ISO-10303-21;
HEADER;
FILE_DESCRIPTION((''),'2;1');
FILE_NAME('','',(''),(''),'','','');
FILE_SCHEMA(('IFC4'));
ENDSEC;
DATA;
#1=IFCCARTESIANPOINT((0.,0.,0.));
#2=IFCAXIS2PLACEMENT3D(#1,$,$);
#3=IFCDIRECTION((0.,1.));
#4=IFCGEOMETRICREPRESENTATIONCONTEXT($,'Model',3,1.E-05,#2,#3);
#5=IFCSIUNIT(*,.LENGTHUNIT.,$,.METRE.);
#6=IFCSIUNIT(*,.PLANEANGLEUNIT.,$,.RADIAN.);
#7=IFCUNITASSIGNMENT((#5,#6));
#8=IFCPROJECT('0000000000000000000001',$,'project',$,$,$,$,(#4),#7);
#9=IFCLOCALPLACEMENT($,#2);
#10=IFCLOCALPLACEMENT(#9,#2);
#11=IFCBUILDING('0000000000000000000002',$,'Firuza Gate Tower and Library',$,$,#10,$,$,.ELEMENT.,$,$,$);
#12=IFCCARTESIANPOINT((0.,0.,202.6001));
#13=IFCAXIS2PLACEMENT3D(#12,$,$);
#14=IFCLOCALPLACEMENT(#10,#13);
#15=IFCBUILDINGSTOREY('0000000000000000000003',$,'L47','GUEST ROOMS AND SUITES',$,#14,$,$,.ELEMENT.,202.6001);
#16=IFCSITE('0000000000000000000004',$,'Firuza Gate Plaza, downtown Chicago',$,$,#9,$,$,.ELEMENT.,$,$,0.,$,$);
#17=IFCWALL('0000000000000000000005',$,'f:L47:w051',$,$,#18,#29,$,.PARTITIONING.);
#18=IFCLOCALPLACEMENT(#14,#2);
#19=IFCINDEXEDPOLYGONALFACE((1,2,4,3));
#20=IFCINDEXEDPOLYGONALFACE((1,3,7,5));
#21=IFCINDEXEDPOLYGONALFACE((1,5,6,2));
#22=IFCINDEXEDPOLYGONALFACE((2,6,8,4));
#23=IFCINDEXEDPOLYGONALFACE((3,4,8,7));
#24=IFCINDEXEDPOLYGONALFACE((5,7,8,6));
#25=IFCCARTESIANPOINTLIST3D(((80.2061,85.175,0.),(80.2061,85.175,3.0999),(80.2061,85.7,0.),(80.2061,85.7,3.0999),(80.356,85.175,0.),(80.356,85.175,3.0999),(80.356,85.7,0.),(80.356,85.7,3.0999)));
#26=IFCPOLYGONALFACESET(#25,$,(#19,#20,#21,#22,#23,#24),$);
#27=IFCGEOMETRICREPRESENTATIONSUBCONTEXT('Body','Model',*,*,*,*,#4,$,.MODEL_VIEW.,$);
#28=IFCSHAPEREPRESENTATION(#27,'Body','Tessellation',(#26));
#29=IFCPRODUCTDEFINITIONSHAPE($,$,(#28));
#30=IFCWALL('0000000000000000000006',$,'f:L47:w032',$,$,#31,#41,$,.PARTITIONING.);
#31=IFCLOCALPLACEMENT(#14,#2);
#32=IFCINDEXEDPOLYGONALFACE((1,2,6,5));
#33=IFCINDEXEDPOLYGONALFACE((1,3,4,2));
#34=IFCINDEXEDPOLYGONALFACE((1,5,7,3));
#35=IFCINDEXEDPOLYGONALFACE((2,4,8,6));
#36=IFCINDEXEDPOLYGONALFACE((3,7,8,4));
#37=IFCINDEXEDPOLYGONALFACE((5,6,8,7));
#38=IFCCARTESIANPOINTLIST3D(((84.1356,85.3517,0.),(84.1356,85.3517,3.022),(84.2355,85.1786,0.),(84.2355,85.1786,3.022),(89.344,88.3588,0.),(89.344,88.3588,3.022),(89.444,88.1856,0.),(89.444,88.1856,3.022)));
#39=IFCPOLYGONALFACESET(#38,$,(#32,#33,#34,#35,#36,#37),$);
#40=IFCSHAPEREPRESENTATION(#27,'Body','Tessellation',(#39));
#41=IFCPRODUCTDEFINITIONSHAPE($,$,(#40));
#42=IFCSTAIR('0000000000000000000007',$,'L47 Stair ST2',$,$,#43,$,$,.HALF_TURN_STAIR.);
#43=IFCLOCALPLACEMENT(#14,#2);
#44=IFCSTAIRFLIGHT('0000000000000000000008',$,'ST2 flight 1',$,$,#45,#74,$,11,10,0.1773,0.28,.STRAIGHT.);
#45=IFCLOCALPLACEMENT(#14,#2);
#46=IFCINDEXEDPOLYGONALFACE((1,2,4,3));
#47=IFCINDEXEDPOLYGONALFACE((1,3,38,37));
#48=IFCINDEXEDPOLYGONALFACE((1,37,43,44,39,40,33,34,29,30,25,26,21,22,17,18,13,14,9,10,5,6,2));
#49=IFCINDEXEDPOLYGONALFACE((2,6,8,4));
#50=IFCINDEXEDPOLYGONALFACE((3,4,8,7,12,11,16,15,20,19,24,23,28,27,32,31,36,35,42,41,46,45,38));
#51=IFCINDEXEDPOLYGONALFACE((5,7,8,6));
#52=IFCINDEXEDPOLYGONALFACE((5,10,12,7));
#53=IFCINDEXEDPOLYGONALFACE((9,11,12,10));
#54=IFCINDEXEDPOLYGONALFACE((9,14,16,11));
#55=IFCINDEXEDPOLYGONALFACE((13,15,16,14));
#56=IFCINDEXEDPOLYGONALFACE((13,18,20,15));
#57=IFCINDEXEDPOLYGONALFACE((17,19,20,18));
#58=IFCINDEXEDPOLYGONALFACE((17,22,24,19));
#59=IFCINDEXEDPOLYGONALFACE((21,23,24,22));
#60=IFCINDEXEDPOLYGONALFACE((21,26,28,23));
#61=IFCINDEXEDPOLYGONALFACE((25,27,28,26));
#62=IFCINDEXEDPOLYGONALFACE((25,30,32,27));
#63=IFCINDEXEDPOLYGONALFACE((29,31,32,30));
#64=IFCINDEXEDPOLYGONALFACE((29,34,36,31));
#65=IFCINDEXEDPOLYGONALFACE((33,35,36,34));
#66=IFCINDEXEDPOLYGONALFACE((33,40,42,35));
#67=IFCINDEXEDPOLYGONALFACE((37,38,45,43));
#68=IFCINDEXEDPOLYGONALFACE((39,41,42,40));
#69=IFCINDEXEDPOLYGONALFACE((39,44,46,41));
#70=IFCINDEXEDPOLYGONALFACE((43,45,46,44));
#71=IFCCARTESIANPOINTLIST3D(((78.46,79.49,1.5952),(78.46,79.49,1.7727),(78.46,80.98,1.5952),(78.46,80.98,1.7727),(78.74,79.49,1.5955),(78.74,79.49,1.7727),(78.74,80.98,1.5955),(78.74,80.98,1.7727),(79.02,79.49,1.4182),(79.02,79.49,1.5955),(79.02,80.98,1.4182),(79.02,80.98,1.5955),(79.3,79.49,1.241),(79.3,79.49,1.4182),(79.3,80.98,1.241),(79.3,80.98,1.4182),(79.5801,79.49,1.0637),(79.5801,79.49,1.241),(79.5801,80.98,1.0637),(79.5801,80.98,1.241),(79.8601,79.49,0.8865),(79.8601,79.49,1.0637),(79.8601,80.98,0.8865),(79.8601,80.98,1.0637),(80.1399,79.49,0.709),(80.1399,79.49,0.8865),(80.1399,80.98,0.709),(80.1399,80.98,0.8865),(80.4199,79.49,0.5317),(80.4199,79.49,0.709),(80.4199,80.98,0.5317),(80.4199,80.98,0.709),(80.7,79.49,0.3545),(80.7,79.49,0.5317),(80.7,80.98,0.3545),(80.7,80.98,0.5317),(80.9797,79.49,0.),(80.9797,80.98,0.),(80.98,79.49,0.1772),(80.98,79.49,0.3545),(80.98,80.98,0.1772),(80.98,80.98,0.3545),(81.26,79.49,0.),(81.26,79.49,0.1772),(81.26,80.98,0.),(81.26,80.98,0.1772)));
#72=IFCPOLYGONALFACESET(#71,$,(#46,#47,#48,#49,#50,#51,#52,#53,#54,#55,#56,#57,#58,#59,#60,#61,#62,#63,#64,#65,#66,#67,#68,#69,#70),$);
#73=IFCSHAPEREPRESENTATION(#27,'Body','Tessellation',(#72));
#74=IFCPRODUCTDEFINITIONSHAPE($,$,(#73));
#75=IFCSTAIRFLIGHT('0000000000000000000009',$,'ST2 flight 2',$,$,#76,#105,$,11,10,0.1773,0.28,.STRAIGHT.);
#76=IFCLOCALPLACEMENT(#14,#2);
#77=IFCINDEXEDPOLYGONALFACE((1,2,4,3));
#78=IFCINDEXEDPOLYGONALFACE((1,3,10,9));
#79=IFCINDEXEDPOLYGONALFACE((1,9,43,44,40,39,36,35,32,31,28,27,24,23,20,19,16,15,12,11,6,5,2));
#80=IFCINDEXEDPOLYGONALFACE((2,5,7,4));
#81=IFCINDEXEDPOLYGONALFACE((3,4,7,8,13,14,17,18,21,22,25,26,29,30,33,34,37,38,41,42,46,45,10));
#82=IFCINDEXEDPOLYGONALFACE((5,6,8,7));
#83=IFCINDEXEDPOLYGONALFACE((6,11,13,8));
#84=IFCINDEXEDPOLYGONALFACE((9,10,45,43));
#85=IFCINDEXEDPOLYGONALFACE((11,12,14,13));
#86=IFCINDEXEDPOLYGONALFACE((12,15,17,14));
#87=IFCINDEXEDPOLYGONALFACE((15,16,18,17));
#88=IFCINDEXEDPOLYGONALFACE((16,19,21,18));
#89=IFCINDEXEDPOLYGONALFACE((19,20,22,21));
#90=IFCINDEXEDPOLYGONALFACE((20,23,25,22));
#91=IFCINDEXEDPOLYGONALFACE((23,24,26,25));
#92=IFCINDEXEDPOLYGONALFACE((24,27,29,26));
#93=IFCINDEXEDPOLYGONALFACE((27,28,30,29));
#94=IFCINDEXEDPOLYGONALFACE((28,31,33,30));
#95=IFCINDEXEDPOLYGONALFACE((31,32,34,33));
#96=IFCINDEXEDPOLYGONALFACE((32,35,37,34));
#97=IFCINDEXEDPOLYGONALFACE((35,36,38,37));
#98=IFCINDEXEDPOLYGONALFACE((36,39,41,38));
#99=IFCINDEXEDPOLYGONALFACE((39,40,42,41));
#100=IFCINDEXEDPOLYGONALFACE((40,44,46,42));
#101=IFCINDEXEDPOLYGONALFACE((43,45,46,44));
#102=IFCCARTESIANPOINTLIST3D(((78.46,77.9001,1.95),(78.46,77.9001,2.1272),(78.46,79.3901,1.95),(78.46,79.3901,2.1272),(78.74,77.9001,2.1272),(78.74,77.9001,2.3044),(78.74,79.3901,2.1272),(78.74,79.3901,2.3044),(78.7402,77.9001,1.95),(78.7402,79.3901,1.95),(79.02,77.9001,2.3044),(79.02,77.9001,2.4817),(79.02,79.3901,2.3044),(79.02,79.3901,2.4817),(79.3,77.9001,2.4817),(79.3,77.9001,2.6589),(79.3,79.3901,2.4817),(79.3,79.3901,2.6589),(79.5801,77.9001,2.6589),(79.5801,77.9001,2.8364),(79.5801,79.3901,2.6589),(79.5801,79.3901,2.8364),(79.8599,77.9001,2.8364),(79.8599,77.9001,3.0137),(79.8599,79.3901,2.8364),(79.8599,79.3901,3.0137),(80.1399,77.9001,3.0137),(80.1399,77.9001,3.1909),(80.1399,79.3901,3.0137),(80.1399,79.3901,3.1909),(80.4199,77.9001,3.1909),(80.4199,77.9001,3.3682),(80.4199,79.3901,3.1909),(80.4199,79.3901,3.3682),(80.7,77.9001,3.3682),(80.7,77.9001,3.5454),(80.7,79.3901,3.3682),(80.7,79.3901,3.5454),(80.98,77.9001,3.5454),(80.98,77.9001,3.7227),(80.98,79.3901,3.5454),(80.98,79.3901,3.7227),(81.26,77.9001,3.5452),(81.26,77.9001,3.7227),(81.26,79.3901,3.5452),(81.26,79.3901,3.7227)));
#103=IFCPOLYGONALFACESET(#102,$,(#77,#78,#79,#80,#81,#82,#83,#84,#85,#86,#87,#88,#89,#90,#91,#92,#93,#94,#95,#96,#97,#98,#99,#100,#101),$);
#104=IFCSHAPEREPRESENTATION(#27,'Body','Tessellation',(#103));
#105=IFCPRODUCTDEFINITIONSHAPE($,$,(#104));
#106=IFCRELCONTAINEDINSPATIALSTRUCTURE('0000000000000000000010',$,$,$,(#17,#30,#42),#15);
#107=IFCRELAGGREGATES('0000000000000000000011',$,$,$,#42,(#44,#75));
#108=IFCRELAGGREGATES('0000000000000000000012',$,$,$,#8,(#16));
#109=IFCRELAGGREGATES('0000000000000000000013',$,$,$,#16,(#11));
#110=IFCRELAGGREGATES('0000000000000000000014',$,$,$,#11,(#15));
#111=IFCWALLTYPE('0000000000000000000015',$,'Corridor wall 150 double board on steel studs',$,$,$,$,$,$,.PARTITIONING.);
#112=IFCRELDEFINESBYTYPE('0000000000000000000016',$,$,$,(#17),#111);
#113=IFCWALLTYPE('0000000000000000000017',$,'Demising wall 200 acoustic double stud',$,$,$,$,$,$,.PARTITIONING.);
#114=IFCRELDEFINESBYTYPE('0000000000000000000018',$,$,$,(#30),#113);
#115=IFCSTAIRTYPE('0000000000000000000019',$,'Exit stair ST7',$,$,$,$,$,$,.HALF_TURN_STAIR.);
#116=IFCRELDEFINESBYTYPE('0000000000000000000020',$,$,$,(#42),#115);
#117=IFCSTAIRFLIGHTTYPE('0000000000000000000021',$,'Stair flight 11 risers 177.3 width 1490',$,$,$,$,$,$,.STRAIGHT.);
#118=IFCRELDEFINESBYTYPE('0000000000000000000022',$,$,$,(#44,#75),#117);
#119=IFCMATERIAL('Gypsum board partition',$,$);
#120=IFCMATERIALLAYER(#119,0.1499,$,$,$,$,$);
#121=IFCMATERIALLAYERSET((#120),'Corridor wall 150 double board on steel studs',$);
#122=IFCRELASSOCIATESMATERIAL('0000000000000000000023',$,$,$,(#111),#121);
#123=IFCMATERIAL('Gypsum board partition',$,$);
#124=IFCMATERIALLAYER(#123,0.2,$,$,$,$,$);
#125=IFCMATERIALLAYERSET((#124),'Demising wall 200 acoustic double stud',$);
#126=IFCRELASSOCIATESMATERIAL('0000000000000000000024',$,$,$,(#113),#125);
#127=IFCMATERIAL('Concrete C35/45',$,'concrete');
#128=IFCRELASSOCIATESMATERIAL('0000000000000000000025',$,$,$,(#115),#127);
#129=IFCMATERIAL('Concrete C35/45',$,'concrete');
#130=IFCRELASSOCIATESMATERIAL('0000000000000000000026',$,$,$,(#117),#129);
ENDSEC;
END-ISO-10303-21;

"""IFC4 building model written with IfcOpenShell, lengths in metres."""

from ifc_helpers import new_model, si_unit, direction, frame, frame_2d, origin, place, context, subcontext, project, spatial, polyline, rectangle, outline, extrude, material, layer, layer_set, type_object, element, aggregate, save


model = new_model("IFC4")

# Units and contexts
model_context = context("Model", 3, precision=1e-05, world=origin(), true_north=direction((0.0, 1.0)))
body_context = subcontext(model_context, "Body", "Model", "MODEL_VIEW")
ifc_project = project(units=[si_unit("LENGTHUNIT", "METRE"), si_unit("PLANEANGLEUNIT", "RADIAN")], contexts=[model_context])

# Site, building, storey
site_placement = place(None, origin())
site = spatial("IfcSite", under=ifc_project, at=site_placement, Name="Firuza Gate Plaza, downtown Chicago", CompositionType="ELEMENT", RefElevation=0.0)
building_placement = place(site_placement, origin())
building = spatial("IfcBuilding", under=site, at=building_placement, Name="Firuza Gate Tower and Library", CompositionType="ELEMENT")
storey_placement = place(building_placement, frame((0.0, 0.0, 202.6001)))
storey = spatial("IfcBuildingStorey", under=building, at=storey_placement, Name="L47", Description="GUEST ROOMS AND SUITES", CompositionType="ELEMENT", Elevation=202.6001)

# Shared definitions
ifc_material_1 = material(Name="Gypsum board partition")
ifc_layer_1 = layer(ifc_material_1, 0.1499)
ifc_layer_set_1 = layer_set([ifc_layer_1], Name="Corridor wall 150 double board on steel studs")
wall_type_1 = type_object("IfcWallType", Name="Corridor wall 150 double board on steel studs", PredefinedType="PARTITIONING", material=ifc_layer_set_1)

# Walls
wall_1_placement = place(storey_placement, frame((80.281, 85.175, 0.0), z_axis=(0.0, 0.0, 1.0), x_axis=(0.0, 1.0, 0.0)))
element("IfcWall", 1, at=wall_1_placement, inside=storey, type_object=wall_type_1, Name="f:L47:w051", PredefinedType="PARTITIONING", context=body_context, shape_type="SweptSolid", body=[
    extrude(rectangle(XDim=0.5249, YDim=0.1499, at=frame_2d((0.2625, 0.0))), origin(), (0.0, 0.0, 1.0), 3.0999),
])
ifc_material_2 = material(Name="Gypsum board partition")
ifc_layer_2 = layer(ifc_material_2, 0.2)
ifc_layer_set_2 = layer_set([ifc_layer_2], Name="Demising wall 200 acoustic double stud")
wall_type_2 = type_object("IfcWallType", Name="Demising wall 200 acoustic double stud", PredefinedType="PARTITIONING", material=ifc_layer_set_2)
wall_2_placement = place(storey_placement, frame((84.1855, 85.2651, 0.0), z_axis=(0.0, 0.0, 1.0), x_axis=(0.866029, 0.499994, 0.0)))
element("IfcWall", 2, at=wall_2_placement, inside=storey, type_object=wall_type_2, Name="f:L47:w032", PredefinedType="PARTITIONING", context=body_context, shape_type="SweptSolid", body=[
    extrude(rectangle(XDim=6.0142, YDim=0.2, at=frame_2d((3.0071, 0.0))), origin(), (0.0, 0.0, 1.0), 3.022),
])

# Stair, stair flights
ifc_material_3 = material(Name="Concrete C35/45", Category="concrete")
stair_type = type_object("IfcStairType", Name="Exit stair ST7", PredefinedType="HALF_TURN_STAIR", material=ifc_material_3)
stair_placement = place(storey_placement, origin())
stair = element("IfcStair", 3, at=stair_placement, inside=storey, type_object=stair_type, Name="L47 Stair ST2", PredefinedType="HALF_TURN_STAIR")
ifc_material_4 = material(Name="Concrete C35/45", Category="concrete")
stair_flight_type = type_object("IfcStairFlightType", Name="Stair flight 11 risers 177.3 width 1490", PredefinedType="STRAIGHT", material=ifc_material_4)
stair_flight_1_placement = place(storey_placement, frame((81.26, 80.2351, 0.0), z_axis=(0.0, 0.0, 1.0), x_axis=(-1.0, 0.0, 0.0)))
stair_flight_1 = element("IfcStairFlight", 4, at=stair_flight_1_placement, type_object=stair_flight_type, Name="ST2 flight 1", NumberOfRisers=11, NumberOfTreads=10, PredefinedType="STRAIGHT", RiserHeight=0.1773, TreadLength=0.28, context=body_context, shape_type="SweptSolid", body=[
    extrude(outline(polyline([(0.0, 0.0), (0.0, 0.1772), (0.28, 0.1772), (0.28, 0.3545), (0.5601, 0.3545), (0.5601, 0.5317), (0.8401, 0.5317), (0.8401, 0.709), (1.1201, 0.709), (1.1201, 0.8865), (1.3999, 0.8865), (1.3999, 1.0637), (1.6799, 1.0637), (1.6799, 1.241), (1.96, 1.241), (1.96, 1.4182), (2.24, 1.4182), (2.24, 1.5955), (2.52, 1.5955), (2.52, 1.7727), (2.8, 1.7727), (2.8, 1.95), (2.8, 1.5952), (0.2803, 0.0), (0.0, 0.0)])), frame((0.0, 0.7451, 0.0), z_axis=(0.0, -1.0, 0.0), x_axis=(1.0, 0.0, 0.0)), (0.0, 0.0, 1.0), 1.49),
])
stair_flight_2_placement = place(storey_placement, frame((78.46, 78.645, 1.95), z_axis=(0.0, 0.0, 1.0), x_axis=(1.0, 0.0, 0.0)))
stair_flight_2 = element("IfcStairFlight", 5, at=stair_flight_2_placement, type_object=stair_flight_type, Name="ST2 flight 2", NumberOfRisers=11, NumberOfTreads=10, PredefinedType="STRAIGHT", RiserHeight=0.1773, TreadLength=0.28, context=body_context, shape_type="SweptSolid", body=[
    extrude(outline(polyline([(0.0, 0.0), (0.0, 0.1772), (0.28, 0.1772), (0.28, 0.3545), (0.5601, 0.3545), (0.5601, 0.5317), (0.8401, 0.5317), (0.8401, 0.709), (1.1201, 0.709), (1.1201, 0.8865), (1.3999, 0.8865), (1.3999, 1.0637), (1.6799, 1.0637), (1.6799, 1.241), (1.96, 1.241), (1.96, 1.4182), (2.24, 1.4182), (2.24, 1.5955), (2.52, 1.5955), (2.52, 1.7727), (2.8, 1.7727), (2.8, 1.95), (2.8, 1.5952), (0.2803, 0.0), (0.0, 0.0)])), frame((0.0, 0.7451, 0.0), z_axis=(0.0, -1.0, 0.0), x_axis=(1.0, 0.0, 0.0)), (0.0, 0.0, 1.0), 1.49),
])
aggregate(stair, [stair_flight_1, stair_flight_2])

save(model, "model.ifc")
